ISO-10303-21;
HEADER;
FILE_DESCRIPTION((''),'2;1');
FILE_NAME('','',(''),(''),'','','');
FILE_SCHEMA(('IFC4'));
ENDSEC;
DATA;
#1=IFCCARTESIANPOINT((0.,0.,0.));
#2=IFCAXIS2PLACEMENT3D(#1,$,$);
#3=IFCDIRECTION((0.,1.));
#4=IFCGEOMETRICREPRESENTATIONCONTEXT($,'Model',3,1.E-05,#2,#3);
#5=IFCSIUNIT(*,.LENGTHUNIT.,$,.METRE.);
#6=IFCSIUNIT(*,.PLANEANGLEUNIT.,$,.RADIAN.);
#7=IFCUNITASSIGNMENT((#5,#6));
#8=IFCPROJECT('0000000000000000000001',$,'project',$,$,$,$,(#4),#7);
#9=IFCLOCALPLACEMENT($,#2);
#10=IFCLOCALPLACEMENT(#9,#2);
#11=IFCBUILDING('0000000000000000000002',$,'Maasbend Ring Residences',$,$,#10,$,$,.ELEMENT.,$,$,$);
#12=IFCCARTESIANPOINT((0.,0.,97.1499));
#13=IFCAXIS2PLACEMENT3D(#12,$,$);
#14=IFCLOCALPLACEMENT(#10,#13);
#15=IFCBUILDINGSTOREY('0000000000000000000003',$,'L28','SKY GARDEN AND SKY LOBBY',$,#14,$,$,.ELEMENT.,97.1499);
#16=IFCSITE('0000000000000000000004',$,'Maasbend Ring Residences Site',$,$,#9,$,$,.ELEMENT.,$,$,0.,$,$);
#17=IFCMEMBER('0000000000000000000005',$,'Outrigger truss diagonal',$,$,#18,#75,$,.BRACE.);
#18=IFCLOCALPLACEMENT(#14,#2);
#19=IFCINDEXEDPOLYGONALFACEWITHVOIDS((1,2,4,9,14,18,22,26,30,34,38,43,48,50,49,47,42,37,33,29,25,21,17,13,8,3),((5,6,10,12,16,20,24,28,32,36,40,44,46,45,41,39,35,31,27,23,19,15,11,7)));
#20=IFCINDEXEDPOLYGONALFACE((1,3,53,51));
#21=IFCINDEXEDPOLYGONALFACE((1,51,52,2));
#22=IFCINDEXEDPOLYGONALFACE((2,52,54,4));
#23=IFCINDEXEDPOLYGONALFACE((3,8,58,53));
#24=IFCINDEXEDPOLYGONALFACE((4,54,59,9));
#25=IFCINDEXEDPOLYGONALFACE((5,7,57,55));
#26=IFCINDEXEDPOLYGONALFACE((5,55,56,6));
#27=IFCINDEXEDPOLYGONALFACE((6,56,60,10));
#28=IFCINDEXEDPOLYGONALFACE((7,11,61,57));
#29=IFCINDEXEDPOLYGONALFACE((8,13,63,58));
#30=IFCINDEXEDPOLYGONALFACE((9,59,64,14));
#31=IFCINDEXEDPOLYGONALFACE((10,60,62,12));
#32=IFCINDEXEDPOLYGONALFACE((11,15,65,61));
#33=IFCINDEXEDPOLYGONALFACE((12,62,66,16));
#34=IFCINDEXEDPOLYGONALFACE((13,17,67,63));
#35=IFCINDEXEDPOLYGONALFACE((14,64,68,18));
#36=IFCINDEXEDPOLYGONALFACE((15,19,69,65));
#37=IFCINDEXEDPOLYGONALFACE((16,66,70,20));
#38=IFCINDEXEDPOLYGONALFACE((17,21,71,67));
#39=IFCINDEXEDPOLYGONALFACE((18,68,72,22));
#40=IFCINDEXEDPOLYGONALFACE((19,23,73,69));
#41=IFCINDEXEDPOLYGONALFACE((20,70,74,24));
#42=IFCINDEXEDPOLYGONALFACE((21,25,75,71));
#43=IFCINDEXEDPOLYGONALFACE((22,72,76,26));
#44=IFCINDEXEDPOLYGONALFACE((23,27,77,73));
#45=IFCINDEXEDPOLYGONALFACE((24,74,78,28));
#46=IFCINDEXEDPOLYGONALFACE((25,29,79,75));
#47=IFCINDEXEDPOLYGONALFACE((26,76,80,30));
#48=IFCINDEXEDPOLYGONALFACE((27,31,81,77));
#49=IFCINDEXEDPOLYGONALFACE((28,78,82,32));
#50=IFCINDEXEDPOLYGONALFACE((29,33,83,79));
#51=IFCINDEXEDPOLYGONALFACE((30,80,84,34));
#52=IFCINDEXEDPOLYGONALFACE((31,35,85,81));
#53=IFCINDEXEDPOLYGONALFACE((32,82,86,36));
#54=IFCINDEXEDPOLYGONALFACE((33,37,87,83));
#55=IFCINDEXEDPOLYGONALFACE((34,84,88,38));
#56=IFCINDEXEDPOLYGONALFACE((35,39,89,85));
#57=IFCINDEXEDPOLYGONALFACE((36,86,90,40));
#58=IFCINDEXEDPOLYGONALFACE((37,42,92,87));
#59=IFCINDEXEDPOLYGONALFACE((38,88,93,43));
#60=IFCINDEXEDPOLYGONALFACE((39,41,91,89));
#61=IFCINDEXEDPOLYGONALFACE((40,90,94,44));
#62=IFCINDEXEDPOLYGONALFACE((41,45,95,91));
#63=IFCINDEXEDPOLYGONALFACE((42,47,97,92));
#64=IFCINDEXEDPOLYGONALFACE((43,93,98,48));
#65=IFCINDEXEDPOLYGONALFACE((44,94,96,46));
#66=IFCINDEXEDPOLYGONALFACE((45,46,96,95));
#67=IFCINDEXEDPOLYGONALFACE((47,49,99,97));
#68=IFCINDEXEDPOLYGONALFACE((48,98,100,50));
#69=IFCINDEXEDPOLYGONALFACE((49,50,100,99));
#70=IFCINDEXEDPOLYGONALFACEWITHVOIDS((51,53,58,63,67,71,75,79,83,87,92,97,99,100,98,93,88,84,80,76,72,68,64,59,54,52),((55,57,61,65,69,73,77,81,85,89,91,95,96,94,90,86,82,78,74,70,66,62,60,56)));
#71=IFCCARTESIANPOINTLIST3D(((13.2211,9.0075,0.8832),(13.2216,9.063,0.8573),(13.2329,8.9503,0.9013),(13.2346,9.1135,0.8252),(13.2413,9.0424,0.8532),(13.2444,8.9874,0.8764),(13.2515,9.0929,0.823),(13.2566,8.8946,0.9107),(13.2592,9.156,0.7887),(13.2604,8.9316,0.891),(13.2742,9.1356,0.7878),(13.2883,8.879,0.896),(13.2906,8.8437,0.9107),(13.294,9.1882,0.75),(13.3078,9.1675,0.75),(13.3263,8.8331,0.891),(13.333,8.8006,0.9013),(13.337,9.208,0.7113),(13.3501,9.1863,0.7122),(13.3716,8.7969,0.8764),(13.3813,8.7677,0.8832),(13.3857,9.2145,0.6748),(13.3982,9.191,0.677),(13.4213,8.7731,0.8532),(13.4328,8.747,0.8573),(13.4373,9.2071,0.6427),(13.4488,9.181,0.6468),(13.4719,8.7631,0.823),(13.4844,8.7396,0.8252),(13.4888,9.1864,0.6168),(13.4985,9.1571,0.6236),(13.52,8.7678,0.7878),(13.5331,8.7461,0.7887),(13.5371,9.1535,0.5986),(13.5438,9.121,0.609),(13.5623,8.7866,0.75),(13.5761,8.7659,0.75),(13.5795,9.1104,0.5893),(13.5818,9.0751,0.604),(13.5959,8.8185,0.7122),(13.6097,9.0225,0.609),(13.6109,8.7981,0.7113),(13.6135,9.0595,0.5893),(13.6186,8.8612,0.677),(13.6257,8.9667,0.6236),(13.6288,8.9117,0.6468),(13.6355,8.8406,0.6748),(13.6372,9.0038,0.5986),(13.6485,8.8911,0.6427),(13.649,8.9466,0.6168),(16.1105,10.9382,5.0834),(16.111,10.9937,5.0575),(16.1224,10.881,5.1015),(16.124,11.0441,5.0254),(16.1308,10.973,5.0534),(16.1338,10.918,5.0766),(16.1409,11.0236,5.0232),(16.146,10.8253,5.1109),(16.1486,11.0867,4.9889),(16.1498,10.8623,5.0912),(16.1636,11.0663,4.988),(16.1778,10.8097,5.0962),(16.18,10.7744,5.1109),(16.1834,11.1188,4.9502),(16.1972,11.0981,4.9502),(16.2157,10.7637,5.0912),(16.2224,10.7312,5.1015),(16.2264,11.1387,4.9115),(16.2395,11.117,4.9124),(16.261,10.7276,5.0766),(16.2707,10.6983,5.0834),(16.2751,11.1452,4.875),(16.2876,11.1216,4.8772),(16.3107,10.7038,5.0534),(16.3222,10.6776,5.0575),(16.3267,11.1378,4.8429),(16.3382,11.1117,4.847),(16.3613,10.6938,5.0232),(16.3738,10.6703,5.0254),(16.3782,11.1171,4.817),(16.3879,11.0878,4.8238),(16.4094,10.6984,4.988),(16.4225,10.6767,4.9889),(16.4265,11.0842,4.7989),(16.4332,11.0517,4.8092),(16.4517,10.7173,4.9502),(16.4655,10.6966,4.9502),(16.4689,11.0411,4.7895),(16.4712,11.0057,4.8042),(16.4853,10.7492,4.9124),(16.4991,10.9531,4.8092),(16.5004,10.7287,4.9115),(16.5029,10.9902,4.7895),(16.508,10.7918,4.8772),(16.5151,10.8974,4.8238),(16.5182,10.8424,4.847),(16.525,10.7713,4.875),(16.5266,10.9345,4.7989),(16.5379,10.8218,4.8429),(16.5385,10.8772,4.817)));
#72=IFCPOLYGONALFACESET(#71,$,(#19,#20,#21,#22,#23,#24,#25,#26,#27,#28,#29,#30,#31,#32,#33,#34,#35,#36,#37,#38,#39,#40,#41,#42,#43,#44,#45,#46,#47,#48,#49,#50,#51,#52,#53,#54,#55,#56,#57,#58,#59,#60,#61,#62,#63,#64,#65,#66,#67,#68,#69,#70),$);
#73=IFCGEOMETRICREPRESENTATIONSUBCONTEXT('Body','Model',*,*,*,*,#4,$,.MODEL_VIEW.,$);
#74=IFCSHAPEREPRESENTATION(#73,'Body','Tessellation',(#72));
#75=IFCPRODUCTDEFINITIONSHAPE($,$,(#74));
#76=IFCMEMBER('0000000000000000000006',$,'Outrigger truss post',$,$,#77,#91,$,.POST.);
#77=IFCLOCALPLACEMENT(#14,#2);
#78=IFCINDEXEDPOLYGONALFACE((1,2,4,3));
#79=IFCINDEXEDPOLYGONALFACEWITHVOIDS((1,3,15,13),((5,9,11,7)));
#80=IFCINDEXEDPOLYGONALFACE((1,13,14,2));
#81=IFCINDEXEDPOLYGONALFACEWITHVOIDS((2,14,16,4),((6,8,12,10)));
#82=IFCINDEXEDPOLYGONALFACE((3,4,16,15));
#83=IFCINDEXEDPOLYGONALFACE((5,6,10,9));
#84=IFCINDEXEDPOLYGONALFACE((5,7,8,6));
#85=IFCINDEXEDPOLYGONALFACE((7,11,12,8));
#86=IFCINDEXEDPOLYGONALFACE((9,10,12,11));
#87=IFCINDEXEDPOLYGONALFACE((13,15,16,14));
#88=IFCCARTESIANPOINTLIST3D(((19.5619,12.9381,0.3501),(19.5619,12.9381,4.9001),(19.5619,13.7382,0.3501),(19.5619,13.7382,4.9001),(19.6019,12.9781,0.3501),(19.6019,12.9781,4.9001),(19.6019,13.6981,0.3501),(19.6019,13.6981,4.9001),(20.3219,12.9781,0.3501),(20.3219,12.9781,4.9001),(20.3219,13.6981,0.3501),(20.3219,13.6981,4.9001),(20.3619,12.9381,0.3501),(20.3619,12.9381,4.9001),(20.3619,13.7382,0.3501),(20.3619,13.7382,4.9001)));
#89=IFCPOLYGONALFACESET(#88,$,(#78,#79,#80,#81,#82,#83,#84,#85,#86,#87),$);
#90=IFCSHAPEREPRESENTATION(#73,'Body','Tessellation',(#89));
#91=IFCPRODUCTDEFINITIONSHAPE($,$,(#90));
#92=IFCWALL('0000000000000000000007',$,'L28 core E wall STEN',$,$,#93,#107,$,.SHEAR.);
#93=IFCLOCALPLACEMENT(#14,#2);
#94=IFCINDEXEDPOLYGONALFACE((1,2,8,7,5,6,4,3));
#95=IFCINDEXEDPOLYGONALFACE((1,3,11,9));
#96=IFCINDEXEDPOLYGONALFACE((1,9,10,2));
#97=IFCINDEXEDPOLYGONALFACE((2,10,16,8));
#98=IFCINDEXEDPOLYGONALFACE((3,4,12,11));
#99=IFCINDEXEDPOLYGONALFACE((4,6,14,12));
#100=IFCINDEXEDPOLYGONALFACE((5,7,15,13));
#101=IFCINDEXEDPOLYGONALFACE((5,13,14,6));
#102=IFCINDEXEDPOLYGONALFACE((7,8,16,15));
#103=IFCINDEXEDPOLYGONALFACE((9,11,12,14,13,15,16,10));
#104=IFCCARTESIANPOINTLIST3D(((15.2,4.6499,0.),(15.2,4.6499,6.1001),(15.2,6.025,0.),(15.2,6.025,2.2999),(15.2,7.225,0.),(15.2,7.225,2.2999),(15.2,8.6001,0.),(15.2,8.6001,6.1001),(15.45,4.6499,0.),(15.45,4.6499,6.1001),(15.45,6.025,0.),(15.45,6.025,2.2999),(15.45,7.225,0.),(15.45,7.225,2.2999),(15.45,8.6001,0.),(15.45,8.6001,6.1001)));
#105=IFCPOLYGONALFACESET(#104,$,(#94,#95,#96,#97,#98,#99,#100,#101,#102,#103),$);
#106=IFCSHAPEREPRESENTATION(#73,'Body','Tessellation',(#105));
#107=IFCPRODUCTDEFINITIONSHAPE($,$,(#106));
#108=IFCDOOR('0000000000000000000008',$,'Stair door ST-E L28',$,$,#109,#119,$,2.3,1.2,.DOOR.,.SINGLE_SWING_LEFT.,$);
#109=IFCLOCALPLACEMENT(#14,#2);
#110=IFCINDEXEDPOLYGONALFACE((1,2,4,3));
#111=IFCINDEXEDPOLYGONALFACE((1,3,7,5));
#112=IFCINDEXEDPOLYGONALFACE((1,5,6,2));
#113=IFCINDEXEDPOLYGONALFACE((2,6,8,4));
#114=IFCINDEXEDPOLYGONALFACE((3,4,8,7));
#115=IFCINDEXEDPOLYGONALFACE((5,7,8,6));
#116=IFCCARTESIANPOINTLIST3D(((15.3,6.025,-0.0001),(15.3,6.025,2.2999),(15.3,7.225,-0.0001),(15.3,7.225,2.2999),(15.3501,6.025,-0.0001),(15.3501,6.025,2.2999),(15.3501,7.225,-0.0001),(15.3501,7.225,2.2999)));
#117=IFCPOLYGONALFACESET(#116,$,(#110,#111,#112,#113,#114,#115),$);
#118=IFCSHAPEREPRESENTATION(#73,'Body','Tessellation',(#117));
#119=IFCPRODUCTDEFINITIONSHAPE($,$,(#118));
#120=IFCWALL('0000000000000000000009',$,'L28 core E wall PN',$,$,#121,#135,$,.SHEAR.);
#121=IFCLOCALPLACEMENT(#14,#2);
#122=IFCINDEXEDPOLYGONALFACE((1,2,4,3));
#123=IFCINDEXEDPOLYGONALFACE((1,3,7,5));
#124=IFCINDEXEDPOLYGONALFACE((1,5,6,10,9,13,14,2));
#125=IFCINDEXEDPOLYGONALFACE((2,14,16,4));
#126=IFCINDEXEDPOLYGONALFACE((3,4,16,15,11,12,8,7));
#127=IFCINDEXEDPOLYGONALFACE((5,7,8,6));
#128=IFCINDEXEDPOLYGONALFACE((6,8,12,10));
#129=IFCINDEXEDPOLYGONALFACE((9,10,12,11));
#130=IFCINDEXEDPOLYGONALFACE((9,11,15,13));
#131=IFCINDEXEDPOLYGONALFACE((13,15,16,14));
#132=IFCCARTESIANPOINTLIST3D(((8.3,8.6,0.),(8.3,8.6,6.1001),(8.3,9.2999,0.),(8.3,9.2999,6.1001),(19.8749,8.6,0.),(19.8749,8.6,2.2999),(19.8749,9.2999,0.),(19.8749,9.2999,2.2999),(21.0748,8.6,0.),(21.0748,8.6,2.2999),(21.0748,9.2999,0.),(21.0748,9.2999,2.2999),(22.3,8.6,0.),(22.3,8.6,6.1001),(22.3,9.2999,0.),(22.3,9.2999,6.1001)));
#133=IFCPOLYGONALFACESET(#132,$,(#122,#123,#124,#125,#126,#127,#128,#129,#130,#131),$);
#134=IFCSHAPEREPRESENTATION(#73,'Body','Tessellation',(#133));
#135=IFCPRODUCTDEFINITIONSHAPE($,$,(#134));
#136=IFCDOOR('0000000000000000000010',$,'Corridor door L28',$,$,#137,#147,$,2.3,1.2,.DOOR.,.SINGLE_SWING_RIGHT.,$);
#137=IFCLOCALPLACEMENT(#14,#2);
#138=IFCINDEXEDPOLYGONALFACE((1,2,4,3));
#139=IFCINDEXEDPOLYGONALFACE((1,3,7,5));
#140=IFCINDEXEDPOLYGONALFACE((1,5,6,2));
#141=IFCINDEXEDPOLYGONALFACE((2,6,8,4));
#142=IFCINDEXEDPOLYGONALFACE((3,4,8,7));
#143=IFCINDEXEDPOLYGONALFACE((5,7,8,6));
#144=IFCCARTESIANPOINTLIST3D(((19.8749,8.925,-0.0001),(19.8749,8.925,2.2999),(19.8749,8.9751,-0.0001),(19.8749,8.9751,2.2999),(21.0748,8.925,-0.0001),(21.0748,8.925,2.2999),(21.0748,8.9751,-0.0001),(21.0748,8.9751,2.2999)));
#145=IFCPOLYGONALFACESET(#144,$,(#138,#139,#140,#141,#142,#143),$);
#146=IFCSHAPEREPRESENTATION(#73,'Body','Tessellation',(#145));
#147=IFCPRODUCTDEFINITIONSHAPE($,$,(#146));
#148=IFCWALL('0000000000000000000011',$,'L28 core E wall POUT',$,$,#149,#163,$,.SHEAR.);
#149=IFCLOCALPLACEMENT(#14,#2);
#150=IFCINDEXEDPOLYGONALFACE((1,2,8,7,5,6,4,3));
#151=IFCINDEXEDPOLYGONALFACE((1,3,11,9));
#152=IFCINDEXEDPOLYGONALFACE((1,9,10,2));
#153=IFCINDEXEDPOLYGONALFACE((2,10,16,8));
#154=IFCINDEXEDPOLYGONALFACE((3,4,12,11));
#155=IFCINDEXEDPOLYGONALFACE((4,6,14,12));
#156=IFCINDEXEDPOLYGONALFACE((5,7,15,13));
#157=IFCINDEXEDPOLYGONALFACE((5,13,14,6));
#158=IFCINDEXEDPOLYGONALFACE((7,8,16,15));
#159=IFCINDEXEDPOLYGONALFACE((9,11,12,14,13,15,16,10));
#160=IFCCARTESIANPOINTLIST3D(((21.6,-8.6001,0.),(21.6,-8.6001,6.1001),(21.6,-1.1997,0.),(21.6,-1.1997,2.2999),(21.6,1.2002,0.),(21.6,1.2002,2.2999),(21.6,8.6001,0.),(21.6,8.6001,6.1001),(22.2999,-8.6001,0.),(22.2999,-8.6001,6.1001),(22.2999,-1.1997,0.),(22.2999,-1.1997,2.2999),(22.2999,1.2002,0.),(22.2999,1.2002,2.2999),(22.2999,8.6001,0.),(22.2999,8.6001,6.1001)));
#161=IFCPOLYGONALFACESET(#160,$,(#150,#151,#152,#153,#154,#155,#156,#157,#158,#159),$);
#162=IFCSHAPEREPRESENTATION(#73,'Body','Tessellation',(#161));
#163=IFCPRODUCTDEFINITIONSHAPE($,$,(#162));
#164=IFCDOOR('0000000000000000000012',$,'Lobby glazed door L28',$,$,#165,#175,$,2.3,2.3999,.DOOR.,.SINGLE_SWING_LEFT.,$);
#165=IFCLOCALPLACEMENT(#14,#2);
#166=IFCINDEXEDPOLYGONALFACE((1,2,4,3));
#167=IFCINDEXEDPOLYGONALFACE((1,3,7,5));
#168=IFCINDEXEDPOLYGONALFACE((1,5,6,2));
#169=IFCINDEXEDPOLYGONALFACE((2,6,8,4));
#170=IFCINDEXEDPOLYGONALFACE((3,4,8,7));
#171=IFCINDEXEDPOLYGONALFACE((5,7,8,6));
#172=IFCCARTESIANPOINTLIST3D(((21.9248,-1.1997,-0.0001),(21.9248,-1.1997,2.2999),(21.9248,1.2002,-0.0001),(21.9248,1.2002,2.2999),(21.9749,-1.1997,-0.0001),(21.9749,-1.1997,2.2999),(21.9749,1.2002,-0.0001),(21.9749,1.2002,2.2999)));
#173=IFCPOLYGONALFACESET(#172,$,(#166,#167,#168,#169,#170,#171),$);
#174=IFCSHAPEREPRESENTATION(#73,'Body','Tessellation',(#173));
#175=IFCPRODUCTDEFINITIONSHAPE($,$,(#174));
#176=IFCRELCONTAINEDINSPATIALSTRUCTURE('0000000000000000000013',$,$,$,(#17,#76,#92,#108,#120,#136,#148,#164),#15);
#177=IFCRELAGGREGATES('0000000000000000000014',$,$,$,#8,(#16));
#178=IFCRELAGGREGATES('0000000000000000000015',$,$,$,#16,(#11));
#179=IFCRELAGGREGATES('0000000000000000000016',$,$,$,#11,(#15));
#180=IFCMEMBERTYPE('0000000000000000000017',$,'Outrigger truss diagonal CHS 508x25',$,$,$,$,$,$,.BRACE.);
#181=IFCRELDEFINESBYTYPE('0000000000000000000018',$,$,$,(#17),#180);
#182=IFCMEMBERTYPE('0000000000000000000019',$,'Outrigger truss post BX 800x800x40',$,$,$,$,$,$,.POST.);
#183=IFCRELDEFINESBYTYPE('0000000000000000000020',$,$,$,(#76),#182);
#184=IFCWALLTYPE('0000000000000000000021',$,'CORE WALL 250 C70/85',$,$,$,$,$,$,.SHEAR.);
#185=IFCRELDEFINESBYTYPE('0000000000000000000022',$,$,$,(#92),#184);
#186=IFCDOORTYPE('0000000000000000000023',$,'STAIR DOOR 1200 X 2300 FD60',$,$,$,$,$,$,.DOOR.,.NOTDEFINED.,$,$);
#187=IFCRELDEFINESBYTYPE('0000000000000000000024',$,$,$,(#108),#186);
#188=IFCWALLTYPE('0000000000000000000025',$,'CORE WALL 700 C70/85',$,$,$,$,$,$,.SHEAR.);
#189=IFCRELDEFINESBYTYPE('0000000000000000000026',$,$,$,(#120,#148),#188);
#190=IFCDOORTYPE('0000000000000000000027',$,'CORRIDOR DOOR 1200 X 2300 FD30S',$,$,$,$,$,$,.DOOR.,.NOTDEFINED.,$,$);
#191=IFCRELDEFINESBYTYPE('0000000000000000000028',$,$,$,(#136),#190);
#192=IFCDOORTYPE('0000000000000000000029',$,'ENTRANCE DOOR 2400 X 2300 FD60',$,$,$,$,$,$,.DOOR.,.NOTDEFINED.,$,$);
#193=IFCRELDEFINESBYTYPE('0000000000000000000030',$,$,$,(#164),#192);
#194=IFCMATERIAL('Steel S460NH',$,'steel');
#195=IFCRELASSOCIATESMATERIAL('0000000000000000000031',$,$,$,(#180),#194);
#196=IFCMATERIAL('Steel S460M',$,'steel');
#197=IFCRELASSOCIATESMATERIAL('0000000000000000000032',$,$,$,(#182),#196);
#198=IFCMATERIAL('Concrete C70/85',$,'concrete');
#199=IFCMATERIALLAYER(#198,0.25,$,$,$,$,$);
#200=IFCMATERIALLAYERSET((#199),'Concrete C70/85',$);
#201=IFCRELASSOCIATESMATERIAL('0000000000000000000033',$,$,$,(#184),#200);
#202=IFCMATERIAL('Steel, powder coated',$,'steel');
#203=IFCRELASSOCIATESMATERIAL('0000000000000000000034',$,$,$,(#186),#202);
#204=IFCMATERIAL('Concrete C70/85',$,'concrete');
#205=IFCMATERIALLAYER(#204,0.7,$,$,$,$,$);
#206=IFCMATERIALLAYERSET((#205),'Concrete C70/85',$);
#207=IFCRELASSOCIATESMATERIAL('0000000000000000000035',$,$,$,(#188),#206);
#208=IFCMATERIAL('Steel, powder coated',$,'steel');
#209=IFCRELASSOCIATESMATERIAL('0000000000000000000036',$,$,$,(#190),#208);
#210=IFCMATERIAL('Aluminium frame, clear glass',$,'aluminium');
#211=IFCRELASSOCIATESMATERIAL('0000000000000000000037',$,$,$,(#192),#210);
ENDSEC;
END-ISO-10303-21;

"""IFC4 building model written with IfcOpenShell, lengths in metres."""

from ifc_helpers import new_model, si_unit, direction, frame, frame_2d, origin, origin_2d, place, context, subcontext, project, spatial, rectangle, hollow_rectangle, hollow_circle, extrude, material, layer, layer_set, material_profile, profile_set, type_object, element, fill, save


model = new_model("IFC4")

# Units and contexts
model_context = context("Model", 3, precision=1e-05, world=origin(), true_north=direction((0.0, 1.0)))
body_context = subcontext(model_context, "Body", "Model", "MODEL_VIEW")
ifc_project = project(units=[si_unit("LENGTHUNIT", "METRE"), si_unit("PLANEANGLEUNIT", "RADIAN")], contexts=[model_context])

# Site, building, storey
site_placement = place(None, origin())
site = spatial("IfcSite", under=ifc_project, at=site_placement, Name="Maasbend Ring Residences Site", CompositionType="ELEMENT", RefElevation=0.0)
building_placement = place(site_placement, origin())
building = spatial("IfcBuilding", under=site, at=building_placement, Name="Maasbend Ring Residences", CompositionType="ELEMENT")
storey_placement = place(building_placement, frame((0.0, 0.0, 97.1499)))
storey = spatial("IfcBuildingStorey", under=building, at=storey_placement, Name="L28", Description="SKY GARDEN AND SKY LOBBY", CompositionType="ELEMENT", Elevation=97.1499)

# Members
ifc_material_1 = material(Name="Steel S460NH", Category="steel")
ifc_material_profile_1 = material_profile(ifc_material_1, hollow_circle(Radius=0.2539, WallThickness=0.0249, at=origin_2d()), Name="Outrigger truss diagonal CHS 508x25")
ifc_profile_set_1 = profile_set([ifc_material_profile_1], Name="Steel S460NH")
member_type_1 = type_object("IfcMemberType", Name="Outrigger truss diagonal CHS 508x25", PredefinedType="BRACE", material=ifc_profile_set_1)
member_1_placement = place(storey_placement, frame((16.3245, 10.9077, 4.9502), z_axis=(-0.53003, -0.354159, -0.77048), x_axis=(0.555575, -0.831466, 0.0)))
element("IfcMember", 1, at=member_1_placement, inside=storey, type_object=member_type_1, Name="Outrigger truss diagonal", PredefinedType="BRACE", context=body_context, shape_type="SweptSolid", body=[
    extrude(hollow_circle(Radius=0.2539, WallThickness=0.0249, at=origin_2d()), origin(), (0.0, 0.0, 1.0), 5.4514),
])
ifc_material_2 = material(Name="Steel S460M", Category="steel")
ifc_material_profile_2 = material_profile(ifc_material_2, hollow_rectangle(XDim=0.8, YDim=0.8, WallThickness=0.04, at=origin_2d()), Name="Outrigger truss post BX 800x800x40")
ifc_profile_set_2 = profile_set([ifc_material_profile_2], Name="Steel S460M")
member_type_2 = type_object("IfcMemberType", Name="Outrigger truss post BX 800x800x40", PredefinedType="POST", material=ifc_profile_set_2)
member_2_placement = place(storey_placement, frame((19.9619, 13.3381, 0.3501), z_axis=(0.0, 0.0, 1.0), x_axis=(1.0, 0.0, 0.0)))
element("IfcMember", 2, at=member_2_placement, inside=storey, type_object=member_type_2, Name="Outrigger truss post", PredefinedType="POST", context=body_context, shape_type="SweptSolid", body=[
    extrude(hollow_rectangle(XDim=0.8, YDim=0.8, WallThickness=0.04, at=origin_2d()), origin(), (0.0, 0.0, 1.0), 4.55),
])

# Walls, openings, doors
ifc_material_3 = material(Name="Concrete C70/85", Category="concrete")
ifc_layer_1 = layer(ifc_material_3, 0.25)
ifc_layer_set_1 = layer_set([ifc_layer_1], Name="Concrete C70/85")
wall_type_1 = type_object("IfcWallType", Name="CORE WALL 250 C70/85", PredefinedType="SHEAR", material=ifc_layer_set_1)
wall_1_placement = place(storey_placement, frame((15.325, 4.6499, 0.0), z_axis=(0.0, 0.0, 1.0), x_axis=(0.0, 1.0, 0.0)))
wall_1 = element("IfcWall", 3, at=wall_1_placement, inside=storey, type_object=wall_type_1, Name="L28 core E wall STEN", PredefinedType="SHEAR", context=body_context, shape_type="SweptSolid", body=[
    extrude(rectangle(XDim=3.9502, YDim=0.25, at=frame_2d((1.9751, 0.0))), origin(), (0.0, 0.0, 1.0), 6.1001),
])
opening_1_placement = place(wall_1_placement, frame((1.375, 0.0, 0.0)))
opening_1 = element("IfcOpeningElement", 4, at=opening_1_placement, cuts=wall_1, PredefinedType="OPENING", context=body_context, shape_type="SweptSolid", body=[
    extrude(rectangle(XDim=1.2, YDim=2.3, at=frame_2d((0.6001, 1.1499))), frame((0.0, 0.135, 0.0), z_axis=(0.0, -1.0, 0.0), x_axis=(1.0, 0.0, 0.0)), (0.0, 0.0, 1.0), 0.27),
])
ifc_material_4 = material(Name="Steel, powder coated", Category="steel")
door_type_1 = type_object("IfcDoorType", Name="STAIR DOOR 1200 X 2300 FD60", OperationType="NOTDEFINED", PredefinedType="DOOR", material=ifc_material_4)
door_1_placement = place(opening_1_placement, origin())
door_1 = element("IfcDoor", 5, at=door_1_placement, inside=storey, type_object=door_type_1, Name="Stair door ST-E L28", OperationType="SINGLE_SWING_LEFT", OverallHeight=2.3, OverallWidth=1.2, PredefinedType="DOOR", context=body_context, shape_type="SweptSolid", body=[
    extrude(rectangle(XDim=1.2, YDim=2.3, at=frame_2d((0.6001, 1.1499))), frame((0.0, 0.0249, 0.0), z_axis=(0.0, -1.0, 0.0), x_axis=(1.0, 0.0, 0.0)), (0.0, 0.0, 1.0), 0.05),
])
fill(opening_1, door_1)
ifc_material_5 = material(Name="Concrete C70/85", Category="concrete")
ifc_layer_2 = layer(ifc_material_5, 0.7)
ifc_layer_set_2 = layer_set([ifc_layer_2], Name="Concrete C70/85")
wall_type_2 = type_object("IfcWallType", Name="CORE WALL 700 C70/85", PredefinedType="SHEAR", material=ifc_layer_set_2)
wall_2_placement = place(storey_placement, frame((22.3, 8.95, 0.0), z_axis=(0.0, 0.0, 1.0), x_axis=(-1.0, 0.0, 0.0)))
wall_2 = element("IfcWall", 6, at=wall_2_placement, inside=storey, type_object=wall_type_2, Name="L28 core E wall PN", PredefinedType="SHEAR", context=body_context, shape_type="SweptSolid", body=[
    extrude(rectangle(XDim=14.0, YDim=0.7, at=frame_2d((7.0, 0.0))), origin(), (0.0, 0.0, 1.0), 6.1001),
])
opening_2_placement = place(wall_2_placement, frame((1.2251, 0.0, 0.0)))
opening_2 = element("IfcOpeningElement", 7, at=opening_2_placement, cuts=wall_2, PredefinedType="OPENING", context=body_context, shape_type="SweptSolid", body=[
    extrude(rectangle(XDim=1.2, YDim=2.3, at=frame_2d((0.6001, 1.1499))), frame((0.0, 0.3599, 0.0), z_axis=(0.0, -1.0, 0.0), x_axis=(1.0, 0.0, 0.0)), (0.0, 0.0, 1.0), 0.72),
])
ifc_material_6 = material(Name="Steel, powder coated", Category="steel")
door_type_2 = type_object("IfcDoorType", Name="CORRIDOR DOOR 1200 X 2300 FD30S", OperationType="NOTDEFINED", PredefinedType="DOOR", material=ifc_material_6)
door_2_placement = place(opening_2_placement, origin())
door_2 = element("IfcDoor", 8, at=door_2_placement, inside=storey, type_object=door_type_2, Name="Corridor door L28", OperationType="SINGLE_SWING_RIGHT", OverallHeight=2.3, OverallWidth=1.2, PredefinedType="DOOR", context=body_context, shape_type="SweptSolid", body=[
    extrude(rectangle(XDim=1.2, YDim=2.3, at=frame_2d((0.6001, 1.1499))), frame((0.0, 0.0249, 0.0), z_axis=(0.0, -1.0, 0.0), x_axis=(1.0, 0.0, 0.0)), (0.0, 0.0, 1.0), 0.05),
])
fill(opening_2, door_2)
wall_3_placement = place(storey_placement, frame((21.95, 8.6001, 0.0), z_axis=(0.0, 0.0, 1.0), x_axis=(0.0, -1.0, 0.0)))
wall_3 = element("IfcWall", 9, at=wall_3_placement, inside=storey, type_object=wall_type_2, Name="L28 core E wall POUT", PredefinedType="SHEAR", context=body_context, shape_type="SweptSolid", body=[
    extrude(rectangle(XDim=17.2002, YDim=0.7, at=frame_2d((8.6001, 0.0))), origin(), (0.0, 0.0, 1.0), 6.1001),
])
opening_3_placement = place(wall_3_placement, frame((7.3999, 0.0, 0.0)))
opening_3 = element("IfcOpeningElement", 10, at=opening_3_placement, cuts=wall_3, PredefinedType="OPENING", context=body_context, shape_type="SweptSolid", body=[
    extrude(rectangle(XDim=2.3999, YDim=2.3, at=frame_2d((1.2, 1.1499))), frame((0.0, 0.3599, 0.0), z_axis=(0.0, -1.0, 0.0), x_axis=(1.0, 0.0, 0.0)), (0.0, 0.0, 1.0), 0.72),
])
ifc_material_7 = material(Name="Aluminium frame, clear glass", Category="aluminium")
door_type_3 = type_object("IfcDoorType", Name="ENTRANCE DOOR 2400 X 2300 FD60", OperationType="NOTDEFINED", PredefinedType="DOOR", material=ifc_material_7)
door_3_placement = place(opening_3_placement, origin())
door_3 = element("IfcDoor", 11, at=door_3_placement, inside=storey, type_object=door_type_3, Name="Lobby glazed door L28", OperationType="SINGLE_SWING_LEFT", OverallHeight=2.3, OverallWidth=2.3999, PredefinedType="DOOR", context=body_context, shape_type="SweptSolid", body=[
    extrude(rectangle(XDim=2.3999, YDim=2.3, at=frame_2d((1.2, 1.1499))), frame((0.0, 0.0249, 0.0), z_axis=(0.0, -1.0, 0.0), x_axis=(1.0, 0.0, 0.0)), (0.0, 0.0, 1.0), 0.05),
])
fill(opening_3, door_3)

save(model, "model.ifc")
